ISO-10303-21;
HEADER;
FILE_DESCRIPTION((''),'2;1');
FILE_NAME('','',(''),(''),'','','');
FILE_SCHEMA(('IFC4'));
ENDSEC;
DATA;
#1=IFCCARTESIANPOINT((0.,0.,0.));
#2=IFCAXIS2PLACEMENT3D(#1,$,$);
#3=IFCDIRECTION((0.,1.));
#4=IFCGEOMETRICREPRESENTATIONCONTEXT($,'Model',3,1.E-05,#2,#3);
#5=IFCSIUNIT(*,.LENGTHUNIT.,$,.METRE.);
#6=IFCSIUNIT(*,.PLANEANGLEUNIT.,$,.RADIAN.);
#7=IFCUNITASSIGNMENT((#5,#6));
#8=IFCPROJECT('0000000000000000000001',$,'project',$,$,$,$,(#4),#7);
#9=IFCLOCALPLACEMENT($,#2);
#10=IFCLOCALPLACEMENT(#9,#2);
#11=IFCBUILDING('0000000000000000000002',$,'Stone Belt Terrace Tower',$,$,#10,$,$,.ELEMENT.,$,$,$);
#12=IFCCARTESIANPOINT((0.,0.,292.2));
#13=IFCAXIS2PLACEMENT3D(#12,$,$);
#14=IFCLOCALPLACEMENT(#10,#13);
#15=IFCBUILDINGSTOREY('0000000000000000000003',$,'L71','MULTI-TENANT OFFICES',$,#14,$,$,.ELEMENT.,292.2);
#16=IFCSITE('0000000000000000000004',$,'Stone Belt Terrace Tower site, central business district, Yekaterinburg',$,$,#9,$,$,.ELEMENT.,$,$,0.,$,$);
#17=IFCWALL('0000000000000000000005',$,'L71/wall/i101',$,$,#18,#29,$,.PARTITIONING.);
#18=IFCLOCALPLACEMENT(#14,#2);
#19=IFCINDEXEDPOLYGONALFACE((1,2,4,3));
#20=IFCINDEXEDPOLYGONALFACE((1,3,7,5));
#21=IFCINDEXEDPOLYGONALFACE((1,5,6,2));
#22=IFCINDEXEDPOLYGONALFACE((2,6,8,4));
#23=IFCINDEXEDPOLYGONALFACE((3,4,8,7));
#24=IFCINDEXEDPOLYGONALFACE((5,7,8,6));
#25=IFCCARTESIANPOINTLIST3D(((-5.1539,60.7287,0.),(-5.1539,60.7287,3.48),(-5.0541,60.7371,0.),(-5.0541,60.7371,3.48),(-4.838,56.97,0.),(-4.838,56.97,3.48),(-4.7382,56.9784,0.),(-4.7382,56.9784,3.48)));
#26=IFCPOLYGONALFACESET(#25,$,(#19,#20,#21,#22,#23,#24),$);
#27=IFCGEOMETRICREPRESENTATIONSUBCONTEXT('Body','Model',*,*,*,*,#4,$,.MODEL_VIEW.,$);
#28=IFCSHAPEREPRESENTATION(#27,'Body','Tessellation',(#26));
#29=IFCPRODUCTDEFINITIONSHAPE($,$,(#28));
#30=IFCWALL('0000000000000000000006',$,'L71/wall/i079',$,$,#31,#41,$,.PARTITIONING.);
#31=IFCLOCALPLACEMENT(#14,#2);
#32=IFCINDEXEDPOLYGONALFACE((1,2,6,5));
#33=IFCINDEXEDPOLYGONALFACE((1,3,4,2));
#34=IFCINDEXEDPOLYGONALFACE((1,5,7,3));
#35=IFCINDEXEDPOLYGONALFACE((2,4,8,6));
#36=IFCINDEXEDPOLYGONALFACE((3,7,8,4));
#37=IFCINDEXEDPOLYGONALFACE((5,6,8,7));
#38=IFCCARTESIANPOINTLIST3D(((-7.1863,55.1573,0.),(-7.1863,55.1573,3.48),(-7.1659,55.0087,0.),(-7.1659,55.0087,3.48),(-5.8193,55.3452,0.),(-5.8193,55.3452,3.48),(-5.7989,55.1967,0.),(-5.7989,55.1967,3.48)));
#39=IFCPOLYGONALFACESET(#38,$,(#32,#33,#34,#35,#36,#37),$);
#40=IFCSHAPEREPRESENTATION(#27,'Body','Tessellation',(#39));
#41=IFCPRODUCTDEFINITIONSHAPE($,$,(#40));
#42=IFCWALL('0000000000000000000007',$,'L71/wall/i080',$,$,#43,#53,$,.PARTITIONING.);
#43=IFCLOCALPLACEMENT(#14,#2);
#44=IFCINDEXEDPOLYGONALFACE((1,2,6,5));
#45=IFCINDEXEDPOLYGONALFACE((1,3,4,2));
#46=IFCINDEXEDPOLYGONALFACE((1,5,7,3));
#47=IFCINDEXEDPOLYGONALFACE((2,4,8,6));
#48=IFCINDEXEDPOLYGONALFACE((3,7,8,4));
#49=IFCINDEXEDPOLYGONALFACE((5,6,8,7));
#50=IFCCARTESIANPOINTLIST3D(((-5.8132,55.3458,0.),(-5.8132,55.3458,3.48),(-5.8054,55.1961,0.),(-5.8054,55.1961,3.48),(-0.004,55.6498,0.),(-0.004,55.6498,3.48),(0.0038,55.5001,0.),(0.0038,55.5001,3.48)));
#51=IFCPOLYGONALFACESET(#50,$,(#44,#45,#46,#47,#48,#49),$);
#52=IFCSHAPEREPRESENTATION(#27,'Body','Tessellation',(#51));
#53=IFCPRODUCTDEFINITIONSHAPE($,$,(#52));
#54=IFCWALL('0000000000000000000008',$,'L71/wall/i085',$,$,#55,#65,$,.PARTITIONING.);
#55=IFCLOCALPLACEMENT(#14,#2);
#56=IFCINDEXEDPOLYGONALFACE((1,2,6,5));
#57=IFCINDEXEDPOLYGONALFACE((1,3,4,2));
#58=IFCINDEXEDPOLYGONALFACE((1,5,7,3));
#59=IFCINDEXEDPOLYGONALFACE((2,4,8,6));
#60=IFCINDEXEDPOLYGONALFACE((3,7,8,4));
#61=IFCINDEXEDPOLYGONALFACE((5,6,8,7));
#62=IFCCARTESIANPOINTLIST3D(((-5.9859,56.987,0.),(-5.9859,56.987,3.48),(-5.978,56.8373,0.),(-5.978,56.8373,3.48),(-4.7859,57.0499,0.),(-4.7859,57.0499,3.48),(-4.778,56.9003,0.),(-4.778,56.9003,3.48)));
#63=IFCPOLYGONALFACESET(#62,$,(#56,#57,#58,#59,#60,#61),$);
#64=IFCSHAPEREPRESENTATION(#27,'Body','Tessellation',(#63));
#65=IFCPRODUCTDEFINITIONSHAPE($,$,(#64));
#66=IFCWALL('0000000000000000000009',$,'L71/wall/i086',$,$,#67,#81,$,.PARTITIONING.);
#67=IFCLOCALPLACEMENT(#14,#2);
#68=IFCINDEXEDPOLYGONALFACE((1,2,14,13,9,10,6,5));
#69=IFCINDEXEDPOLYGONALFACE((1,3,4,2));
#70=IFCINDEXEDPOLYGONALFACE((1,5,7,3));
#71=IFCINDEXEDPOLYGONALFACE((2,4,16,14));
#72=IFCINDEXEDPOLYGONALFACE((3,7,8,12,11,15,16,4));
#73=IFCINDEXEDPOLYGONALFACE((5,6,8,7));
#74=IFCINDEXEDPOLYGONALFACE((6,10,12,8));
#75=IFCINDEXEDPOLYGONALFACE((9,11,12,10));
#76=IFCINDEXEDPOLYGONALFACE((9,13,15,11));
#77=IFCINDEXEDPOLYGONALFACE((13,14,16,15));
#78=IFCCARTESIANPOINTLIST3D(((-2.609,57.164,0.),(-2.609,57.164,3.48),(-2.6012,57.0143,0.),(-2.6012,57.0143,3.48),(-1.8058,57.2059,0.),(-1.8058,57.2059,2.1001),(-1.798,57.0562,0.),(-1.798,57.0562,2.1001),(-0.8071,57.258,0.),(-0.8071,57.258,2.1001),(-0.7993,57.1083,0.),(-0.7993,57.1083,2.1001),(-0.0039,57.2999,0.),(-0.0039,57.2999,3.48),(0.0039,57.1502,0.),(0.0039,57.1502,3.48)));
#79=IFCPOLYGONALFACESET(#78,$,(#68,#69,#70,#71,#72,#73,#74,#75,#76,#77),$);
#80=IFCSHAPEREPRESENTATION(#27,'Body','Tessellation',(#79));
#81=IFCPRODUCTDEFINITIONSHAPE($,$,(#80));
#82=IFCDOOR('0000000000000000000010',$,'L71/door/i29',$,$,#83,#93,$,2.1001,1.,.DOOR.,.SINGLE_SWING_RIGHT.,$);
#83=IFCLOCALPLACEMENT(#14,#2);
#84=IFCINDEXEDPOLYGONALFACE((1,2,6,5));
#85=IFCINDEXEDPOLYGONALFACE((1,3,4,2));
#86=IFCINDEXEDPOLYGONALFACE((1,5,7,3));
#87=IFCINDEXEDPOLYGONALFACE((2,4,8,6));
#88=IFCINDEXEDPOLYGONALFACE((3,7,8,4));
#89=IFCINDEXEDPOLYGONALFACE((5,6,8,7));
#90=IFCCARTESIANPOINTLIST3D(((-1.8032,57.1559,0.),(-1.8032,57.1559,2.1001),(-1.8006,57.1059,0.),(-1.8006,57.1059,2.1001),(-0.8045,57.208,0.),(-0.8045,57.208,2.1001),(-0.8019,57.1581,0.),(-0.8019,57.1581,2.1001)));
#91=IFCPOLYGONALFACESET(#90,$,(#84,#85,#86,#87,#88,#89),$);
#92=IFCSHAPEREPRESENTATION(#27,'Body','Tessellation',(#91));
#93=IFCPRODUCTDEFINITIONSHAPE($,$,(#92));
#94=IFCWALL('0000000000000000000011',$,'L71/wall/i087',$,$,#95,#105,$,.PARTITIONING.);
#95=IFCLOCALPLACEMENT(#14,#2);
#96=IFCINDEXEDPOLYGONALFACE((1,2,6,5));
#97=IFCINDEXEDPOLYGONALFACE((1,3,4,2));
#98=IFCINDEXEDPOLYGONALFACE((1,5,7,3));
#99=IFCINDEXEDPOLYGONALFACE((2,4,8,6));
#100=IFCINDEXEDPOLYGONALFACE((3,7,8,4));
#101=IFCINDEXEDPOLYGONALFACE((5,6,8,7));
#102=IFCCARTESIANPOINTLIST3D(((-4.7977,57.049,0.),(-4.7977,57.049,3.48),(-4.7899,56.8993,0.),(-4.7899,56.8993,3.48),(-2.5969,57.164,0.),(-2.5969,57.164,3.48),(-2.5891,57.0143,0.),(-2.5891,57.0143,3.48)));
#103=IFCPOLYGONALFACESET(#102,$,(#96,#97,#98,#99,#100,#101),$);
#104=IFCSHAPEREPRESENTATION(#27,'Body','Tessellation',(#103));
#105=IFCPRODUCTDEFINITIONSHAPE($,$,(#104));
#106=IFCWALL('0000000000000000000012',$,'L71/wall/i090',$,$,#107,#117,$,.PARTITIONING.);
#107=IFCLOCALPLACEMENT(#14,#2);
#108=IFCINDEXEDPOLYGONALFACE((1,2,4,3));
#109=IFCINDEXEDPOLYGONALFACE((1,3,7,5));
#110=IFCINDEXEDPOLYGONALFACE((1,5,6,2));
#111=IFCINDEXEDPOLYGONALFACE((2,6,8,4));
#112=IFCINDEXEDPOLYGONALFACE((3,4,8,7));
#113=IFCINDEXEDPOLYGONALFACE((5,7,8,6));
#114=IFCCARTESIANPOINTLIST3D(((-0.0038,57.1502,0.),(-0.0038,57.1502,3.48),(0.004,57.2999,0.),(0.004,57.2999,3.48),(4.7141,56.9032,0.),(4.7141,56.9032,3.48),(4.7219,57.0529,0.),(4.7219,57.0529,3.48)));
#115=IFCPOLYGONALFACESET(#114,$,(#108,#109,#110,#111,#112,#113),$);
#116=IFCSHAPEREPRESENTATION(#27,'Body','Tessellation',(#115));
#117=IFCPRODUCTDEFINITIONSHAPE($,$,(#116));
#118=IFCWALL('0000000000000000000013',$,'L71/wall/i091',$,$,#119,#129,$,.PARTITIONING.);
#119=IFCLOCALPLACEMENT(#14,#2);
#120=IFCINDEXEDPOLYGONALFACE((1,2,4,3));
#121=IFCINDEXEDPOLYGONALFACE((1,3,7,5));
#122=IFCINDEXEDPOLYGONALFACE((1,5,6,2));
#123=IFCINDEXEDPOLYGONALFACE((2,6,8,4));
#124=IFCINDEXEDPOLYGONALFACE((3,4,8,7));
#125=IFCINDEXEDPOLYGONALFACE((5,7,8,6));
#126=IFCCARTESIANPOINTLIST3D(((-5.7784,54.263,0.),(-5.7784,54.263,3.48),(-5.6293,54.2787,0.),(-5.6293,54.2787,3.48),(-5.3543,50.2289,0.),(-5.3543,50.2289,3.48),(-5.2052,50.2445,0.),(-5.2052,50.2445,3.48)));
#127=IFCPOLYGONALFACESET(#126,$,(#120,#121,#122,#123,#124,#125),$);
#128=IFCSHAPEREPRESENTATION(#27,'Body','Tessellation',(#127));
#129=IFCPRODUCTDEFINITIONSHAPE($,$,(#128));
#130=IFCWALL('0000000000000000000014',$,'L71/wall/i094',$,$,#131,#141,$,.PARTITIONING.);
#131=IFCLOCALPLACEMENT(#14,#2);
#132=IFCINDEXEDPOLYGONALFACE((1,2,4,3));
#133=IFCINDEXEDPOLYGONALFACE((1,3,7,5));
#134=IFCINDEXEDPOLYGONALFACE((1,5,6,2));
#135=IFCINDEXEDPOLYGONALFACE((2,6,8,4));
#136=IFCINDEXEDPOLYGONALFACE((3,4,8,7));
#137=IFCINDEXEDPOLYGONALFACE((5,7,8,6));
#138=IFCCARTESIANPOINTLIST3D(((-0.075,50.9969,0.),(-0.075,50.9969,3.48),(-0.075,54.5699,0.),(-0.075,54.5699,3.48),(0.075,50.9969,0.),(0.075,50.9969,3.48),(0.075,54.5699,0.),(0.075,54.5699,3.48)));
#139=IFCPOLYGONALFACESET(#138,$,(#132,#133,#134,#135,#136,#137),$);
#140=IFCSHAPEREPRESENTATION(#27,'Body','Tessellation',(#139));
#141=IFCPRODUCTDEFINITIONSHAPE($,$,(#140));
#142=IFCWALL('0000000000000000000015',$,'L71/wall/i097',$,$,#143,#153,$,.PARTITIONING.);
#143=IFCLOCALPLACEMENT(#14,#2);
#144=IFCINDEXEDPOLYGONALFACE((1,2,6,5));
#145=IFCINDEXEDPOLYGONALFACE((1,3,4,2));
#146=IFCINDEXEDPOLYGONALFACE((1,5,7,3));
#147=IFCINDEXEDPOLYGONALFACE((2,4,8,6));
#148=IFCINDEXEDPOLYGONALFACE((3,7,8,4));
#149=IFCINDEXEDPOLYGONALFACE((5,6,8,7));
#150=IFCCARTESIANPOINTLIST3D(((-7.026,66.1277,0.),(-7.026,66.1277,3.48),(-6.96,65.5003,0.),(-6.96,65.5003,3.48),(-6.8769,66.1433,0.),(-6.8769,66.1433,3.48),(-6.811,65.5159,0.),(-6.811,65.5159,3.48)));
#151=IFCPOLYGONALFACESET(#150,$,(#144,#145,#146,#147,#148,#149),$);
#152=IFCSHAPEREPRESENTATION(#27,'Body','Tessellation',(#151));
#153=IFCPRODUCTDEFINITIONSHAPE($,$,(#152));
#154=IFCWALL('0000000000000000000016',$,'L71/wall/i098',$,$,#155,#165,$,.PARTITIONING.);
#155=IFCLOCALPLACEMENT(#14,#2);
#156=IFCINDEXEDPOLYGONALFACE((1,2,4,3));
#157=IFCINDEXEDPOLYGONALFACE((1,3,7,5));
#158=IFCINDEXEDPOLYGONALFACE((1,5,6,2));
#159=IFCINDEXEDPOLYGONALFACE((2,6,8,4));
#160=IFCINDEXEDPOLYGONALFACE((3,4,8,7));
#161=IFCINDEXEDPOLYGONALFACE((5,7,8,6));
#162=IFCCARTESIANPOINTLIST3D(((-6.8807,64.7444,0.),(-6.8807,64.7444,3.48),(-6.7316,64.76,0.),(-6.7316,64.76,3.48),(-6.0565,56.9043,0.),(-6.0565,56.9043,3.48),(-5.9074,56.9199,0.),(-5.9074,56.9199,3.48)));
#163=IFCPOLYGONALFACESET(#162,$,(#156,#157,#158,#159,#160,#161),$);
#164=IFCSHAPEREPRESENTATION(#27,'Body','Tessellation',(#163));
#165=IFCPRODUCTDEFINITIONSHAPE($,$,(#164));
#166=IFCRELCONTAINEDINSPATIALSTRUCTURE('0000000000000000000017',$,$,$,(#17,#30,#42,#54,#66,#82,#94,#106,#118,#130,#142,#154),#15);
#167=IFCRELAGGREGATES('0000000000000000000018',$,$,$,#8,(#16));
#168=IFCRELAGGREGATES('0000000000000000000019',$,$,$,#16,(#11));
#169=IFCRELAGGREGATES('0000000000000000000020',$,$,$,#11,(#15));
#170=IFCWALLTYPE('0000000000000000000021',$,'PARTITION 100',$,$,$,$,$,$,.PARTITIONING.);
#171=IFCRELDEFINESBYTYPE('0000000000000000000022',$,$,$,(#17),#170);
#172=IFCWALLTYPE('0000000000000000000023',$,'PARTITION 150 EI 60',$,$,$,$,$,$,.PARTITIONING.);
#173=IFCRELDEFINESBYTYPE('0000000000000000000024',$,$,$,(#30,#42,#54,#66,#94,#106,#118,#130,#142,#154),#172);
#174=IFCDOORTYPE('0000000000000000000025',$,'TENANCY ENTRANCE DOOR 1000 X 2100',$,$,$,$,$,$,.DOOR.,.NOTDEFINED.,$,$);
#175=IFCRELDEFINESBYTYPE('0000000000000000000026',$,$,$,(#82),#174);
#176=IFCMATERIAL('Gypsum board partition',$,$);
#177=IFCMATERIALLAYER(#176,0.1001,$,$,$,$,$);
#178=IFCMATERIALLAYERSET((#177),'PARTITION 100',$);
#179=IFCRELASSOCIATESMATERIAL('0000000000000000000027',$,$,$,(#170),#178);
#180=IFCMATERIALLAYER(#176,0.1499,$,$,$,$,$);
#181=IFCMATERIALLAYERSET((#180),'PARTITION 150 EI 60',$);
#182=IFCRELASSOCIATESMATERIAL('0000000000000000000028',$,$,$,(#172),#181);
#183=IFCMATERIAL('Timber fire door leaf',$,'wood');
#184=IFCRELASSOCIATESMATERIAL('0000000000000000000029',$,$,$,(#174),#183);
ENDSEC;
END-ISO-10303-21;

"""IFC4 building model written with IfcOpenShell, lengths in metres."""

from ifc_helpers import new_model, si_unit, direction, frame, frame_2d, origin, place, context, subcontext, project, spatial, rectangle, extrude, material, layer, layer_set, type_object, element, fill, save


model = new_model("IFC4")

# Units and contexts
model_context = context("Model", 3, precision=1e-05, world=origin(), true_north=direction((0.0, 1.0)))
body_context = subcontext(model_context, "Body", "Model", "MODEL_VIEW")
ifc_project = project(units=[si_unit("LENGTHUNIT", "METRE"), si_unit("PLANEANGLEUNIT", "RADIAN")], contexts=[model_context])

# Site, building, storey
site_placement = place(None, origin())
site = spatial("IfcSite", under=ifc_project, at=site_placement, Name="Stone Belt Terrace Tower site, central business district, Yekaterinburg", CompositionType="ELEMENT", RefElevation=0.0)
building_placement = place(site_placement, origin())
building = spatial("IfcBuilding", under=site, at=building_placement, Name="Stone Belt Terrace Tower", CompositionType="ELEMENT")
storey_placement = place(building_placement, frame((0.0, 0.0, 292.2)))
storey = spatial("IfcBuildingStorey", under=building, at=storey_placement, Name="L71", Description="MULTI-TENANT OFFICES", CompositionType="ELEMENT", Elevation=292.2)

# Shared definitions
ifc_material_1 = material(Name="Gypsum board partition")
ifc_layer_1 = layer(ifc_material_1, 0.1001)
ifc_layer_set_1 = layer_set([ifc_layer_1], Name="PARTITION 100")
wall_type_1 = type_object("IfcWallType", Name="PARTITION 100", PredefinedType="PARTITIONING", material=ifc_layer_set_1)

# Walls
wall_1_placement = place(storey_placement, frame((-5.104, 60.7329, 0.0), z_axis=(0.0, 0.0, 1.0), x_axis=(0.083753, -0.996487, 0.0)))
element("IfcWall", 1, at=wall_1_placement, inside=storey, type_object=wall_type_1, Name="L71/wall/i101", PredefinedType="PARTITIONING", context=body_context, shape_type="SweptSolid", body=[
    extrude(rectangle(XDim=3.772, YDim=0.1001, at=frame_2d((1.886, 0.0))), origin(), (0.0, 0.0, 1.0), 3.48),
])
ifc_layer_2 = layer(ifc_material_1, 0.1499)
ifc_layer_set_2 = layer_set([ifc_layer_2], Name="PARTITION 150 EI 60")
wall_type_2 = type_object("IfcWallType", Name="PARTITION 150 EI 60", PredefinedType="PARTITIONING", material=ifc_layer_set_2)
wall_2_placement = place(storey_placement, frame((-5.8091, 55.271, 0.0), z_axis=(0.0, 0.0, 1.0), x_axis=(-0.990676, -0.136242, 0.0)))
element("IfcWall", 2, at=wall_2_placement, inside=storey, type_object=wall_type_2, Name="L71/wall/i079", PredefinedType="PARTITIONING", context=body_context, shape_type="SweptSolid", body=[
    extrude(rectangle(XDim=1.3799, YDim=0.1499, at=frame_2d((0.6899, 0.0))), origin(), (0.0, 0.0, 1.0), 3.48),
])
wall_3_placement = place(storey_placement, frame((0.0, 55.575, 0.0), z_axis=(0.0, 0.0, 1.0), x_axis=(-0.998634, -0.052253, 0.0)))
element("IfcWall", 3, at=wall_3_placement, inside=storey, type_object=wall_type_2, Name="L71/wall/i080", PredefinedType="PARTITIONING", context=body_context, shape_type="SweptSolid", body=[
    extrude(rectangle(XDim=5.8171, YDim=0.1499, at=frame_2d((2.9087, 0.0))), origin(), (0.0, 0.0, 1.0), 3.48),
])
wall_4_placement = place(storey_placement, frame((-5.9819, 56.9121, 0.0), z_axis=(0.0, 0.0, 1.0), x_axis=(0.998625, 0.05242, 0.0)))
element("IfcWall", 4, at=wall_4_placement, inside=storey, type_object=wall_type_2, Name="L71/wall/i085", PredefinedType="PARTITIONING", context=body_context, shape_type="SweptSolid", body=[
    extrude(rectangle(XDim=1.2017, YDim=0.1499, at=frame_2d((0.6008, 0.0))), origin(), (0.0, 0.0, 1.0), 3.48),
])

# Wall, opening, door
wall_5_placement = place(storey_placement, frame((-2.605, 57.0891, 0.0), z_axis=(0.0, 0.0, 1.0), x_axis=(0.99864, 0.052131, 0.0)))
wall_5 = element("IfcWall", 5, at=wall_5_placement, inside=storey, type_object=wall_type_2, Name="L71/wall/i086", PredefinedType="PARTITIONING", context=body_context, shape_type="SweptSolid", body=[
    extrude(rectangle(XDim=2.6086, YDim=0.1499, at=frame_2d((1.3042, 0.0))), origin(), (0.0, 0.0, 1.0), 3.48),
])
opening_1_placement = place(wall_5_placement, frame((0.8042, 0.0, 0.0)))
opening_1 = element("IfcOpeningElement", 6, at=opening_1_placement, cuts=wall_5, PredefinedType="OPENING", context=body_context, shape_type="SweptSolid", body=[
    extrude(rectangle(XDim=1.0, YDim=2.1001, at=frame_2d((0.5, 1.05))), frame((0.0, 0.085, 0.0), z_axis=(0.0, -1.0, 0.0), x_axis=(1.0, 0.0, 0.0)), (0.0, 0.0, 1.0), 0.1699),
])
ifc_material_2 = material(Name="Timber fire door leaf", Category="wood")
door_type_1 = type_object("IfcDoorType", Name="TENANCY ENTRANCE DOOR 1000 X 2100", OperationType="NOTDEFINED", PredefinedType="DOOR", material=ifc_material_2)
door_1_placement = place(opening_1_placement, origin())
door_1 = element("IfcDoor", 7, at=door_1_placement, inside=storey, type_object=door_type_1, Name="L71/door/i29", OperationType="SINGLE_SWING_RIGHT", OverallHeight=2.1001, OverallWidth=1.0, PredefinedType="DOOR", context=body_context, shape_type="SweptSolid", body=[
    extrude(rectangle(XDim=1.0, YDim=2.1001, at=frame_2d((0.5, 1.05))), frame((0.0, 0.0249, 0.0), z_axis=(0.0, -1.0, 0.0), x_axis=(1.0, 0.0, 0.0)), (0.0, 0.0, 1.0), 0.05),
])
fill(opening_1, door_1)

# Walls
wall_6_placement = place(storey_placement, frame((-4.7939, 56.9741, 0.0), z_axis=(0.0, 0.0, 1.0), x_axis=(0.998638, 0.052175, 0.0)))
element("IfcWall", 8, at=wall_6_placement, inside=storey, type_object=wall_type_2, Name="L71/wall/i087", PredefinedType="PARTITIONING", context=body_context, shape_type="SweptSolid", body=[
    extrude(rectangle(XDim=2.2039, YDim=0.1499, at=frame_2d((1.1021, 0.0))), origin(), (0.0, 0.0, 1.0), 3.48),
])
wall_7_placement = place(storey_placement, frame((0.0, 57.2251, 0.0), z_axis=(0.0, 0.0, 1.0), x_axis=(0.998632, -0.052296, 0.0)))
element("IfcWall", 9, at=wall_7_placement, inside=storey, type_object=wall_type_2, Name="L71/wall/i090", PredefinedType="PARTITIONING", context=body_context, shape_type="SweptSolid", body=[
    extrude(rectangle(XDim=4.7244, YDim=0.1499, at=frame_2d((2.3623, 0.0))), origin(), (0.0, 0.0, 1.0), 3.48),
])
wall_8_placement = place(storey_placement, frame((-5.7039, 54.271, 0.0), z_axis=(0.0, 0.0, 1.0), x_axis=(0.104544, -0.99452, 0.0)))
element("IfcWall", 10, at=wall_8_placement, inside=storey, type_object=wall_type_2, Name="L71/wall/i091", PredefinedType="PARTITIONING", context=body_context, shape_type="SweptSolid", body=[
    extrude(rectangle(XDim=4.0564, YDim=0.1499, at=frame_2d((2.0283, 0.0))), origin(), (0.0, 0.0, 1.0), 3.48),
])
wall_9_placement = place(storey_placement, frame((0.0, 54.5701, 0.0), z_axis=(0.0, 0.0, 1.0), x_axis=(0.0, -1.0, 0.0)))
element("IfcWall", 11, at=wall_9_placement, inside=storey, type_object=wall_type_2, Name="L71/wall/i094", PredefinedType="PARTITIONING", context=body_context, shape_type="SweptSolid", body=[
    extrude(rectangle(XDim=3.573, YDim=0.1499, at=frame_2d((1.7866, 0.0))), origin(), (0.0, 0.0, 1.0), 3.48),
])
wall_10_placement = place(storey_placement, frame((-6.9514, 66.1355, 0.0), z_axis=(0.0, 0.0, 1.0), x_axis=(0.104483, -0.994527, 0.0)))
element("IfcWall", 12, at=wall_10_placement, inside=storey, type_object=wall_type_2, Name="L71/wall/i097", PredefinedType="PARTITIONING", context=body_context, shape_type="SweptSolid", body=[
    extrude(rectangle(XDim=0.6309, YDim=0.1499, at=frame_2d((0.3154, 0.0))), origin(), (0.0, 0.0, 1.0), 3.48),
])
wall_11_placement = place(storey_placement, frame((-6.8062, 64.7522, 0.0), z_axis=(0.0, 0.0, 1.0), x_axis=(0.104553, -0.994519, 0.0)))
element("IfcWall", 13, at=wall_11_placement, inside=storey, type_object=wall_type_2, Name="L71/wall/i098", PredefinedType="PARTITIONING", context=body_context, shape_type="SweptSolid", body=[
    extrude(rectangle(XDim=7.8833, YDim=0.1499, at=frame_2d((3.9417, 0.0))), origin(), (0.0, 0.0, 1.0), 3.48),
])

save(model, "model.ifc")
